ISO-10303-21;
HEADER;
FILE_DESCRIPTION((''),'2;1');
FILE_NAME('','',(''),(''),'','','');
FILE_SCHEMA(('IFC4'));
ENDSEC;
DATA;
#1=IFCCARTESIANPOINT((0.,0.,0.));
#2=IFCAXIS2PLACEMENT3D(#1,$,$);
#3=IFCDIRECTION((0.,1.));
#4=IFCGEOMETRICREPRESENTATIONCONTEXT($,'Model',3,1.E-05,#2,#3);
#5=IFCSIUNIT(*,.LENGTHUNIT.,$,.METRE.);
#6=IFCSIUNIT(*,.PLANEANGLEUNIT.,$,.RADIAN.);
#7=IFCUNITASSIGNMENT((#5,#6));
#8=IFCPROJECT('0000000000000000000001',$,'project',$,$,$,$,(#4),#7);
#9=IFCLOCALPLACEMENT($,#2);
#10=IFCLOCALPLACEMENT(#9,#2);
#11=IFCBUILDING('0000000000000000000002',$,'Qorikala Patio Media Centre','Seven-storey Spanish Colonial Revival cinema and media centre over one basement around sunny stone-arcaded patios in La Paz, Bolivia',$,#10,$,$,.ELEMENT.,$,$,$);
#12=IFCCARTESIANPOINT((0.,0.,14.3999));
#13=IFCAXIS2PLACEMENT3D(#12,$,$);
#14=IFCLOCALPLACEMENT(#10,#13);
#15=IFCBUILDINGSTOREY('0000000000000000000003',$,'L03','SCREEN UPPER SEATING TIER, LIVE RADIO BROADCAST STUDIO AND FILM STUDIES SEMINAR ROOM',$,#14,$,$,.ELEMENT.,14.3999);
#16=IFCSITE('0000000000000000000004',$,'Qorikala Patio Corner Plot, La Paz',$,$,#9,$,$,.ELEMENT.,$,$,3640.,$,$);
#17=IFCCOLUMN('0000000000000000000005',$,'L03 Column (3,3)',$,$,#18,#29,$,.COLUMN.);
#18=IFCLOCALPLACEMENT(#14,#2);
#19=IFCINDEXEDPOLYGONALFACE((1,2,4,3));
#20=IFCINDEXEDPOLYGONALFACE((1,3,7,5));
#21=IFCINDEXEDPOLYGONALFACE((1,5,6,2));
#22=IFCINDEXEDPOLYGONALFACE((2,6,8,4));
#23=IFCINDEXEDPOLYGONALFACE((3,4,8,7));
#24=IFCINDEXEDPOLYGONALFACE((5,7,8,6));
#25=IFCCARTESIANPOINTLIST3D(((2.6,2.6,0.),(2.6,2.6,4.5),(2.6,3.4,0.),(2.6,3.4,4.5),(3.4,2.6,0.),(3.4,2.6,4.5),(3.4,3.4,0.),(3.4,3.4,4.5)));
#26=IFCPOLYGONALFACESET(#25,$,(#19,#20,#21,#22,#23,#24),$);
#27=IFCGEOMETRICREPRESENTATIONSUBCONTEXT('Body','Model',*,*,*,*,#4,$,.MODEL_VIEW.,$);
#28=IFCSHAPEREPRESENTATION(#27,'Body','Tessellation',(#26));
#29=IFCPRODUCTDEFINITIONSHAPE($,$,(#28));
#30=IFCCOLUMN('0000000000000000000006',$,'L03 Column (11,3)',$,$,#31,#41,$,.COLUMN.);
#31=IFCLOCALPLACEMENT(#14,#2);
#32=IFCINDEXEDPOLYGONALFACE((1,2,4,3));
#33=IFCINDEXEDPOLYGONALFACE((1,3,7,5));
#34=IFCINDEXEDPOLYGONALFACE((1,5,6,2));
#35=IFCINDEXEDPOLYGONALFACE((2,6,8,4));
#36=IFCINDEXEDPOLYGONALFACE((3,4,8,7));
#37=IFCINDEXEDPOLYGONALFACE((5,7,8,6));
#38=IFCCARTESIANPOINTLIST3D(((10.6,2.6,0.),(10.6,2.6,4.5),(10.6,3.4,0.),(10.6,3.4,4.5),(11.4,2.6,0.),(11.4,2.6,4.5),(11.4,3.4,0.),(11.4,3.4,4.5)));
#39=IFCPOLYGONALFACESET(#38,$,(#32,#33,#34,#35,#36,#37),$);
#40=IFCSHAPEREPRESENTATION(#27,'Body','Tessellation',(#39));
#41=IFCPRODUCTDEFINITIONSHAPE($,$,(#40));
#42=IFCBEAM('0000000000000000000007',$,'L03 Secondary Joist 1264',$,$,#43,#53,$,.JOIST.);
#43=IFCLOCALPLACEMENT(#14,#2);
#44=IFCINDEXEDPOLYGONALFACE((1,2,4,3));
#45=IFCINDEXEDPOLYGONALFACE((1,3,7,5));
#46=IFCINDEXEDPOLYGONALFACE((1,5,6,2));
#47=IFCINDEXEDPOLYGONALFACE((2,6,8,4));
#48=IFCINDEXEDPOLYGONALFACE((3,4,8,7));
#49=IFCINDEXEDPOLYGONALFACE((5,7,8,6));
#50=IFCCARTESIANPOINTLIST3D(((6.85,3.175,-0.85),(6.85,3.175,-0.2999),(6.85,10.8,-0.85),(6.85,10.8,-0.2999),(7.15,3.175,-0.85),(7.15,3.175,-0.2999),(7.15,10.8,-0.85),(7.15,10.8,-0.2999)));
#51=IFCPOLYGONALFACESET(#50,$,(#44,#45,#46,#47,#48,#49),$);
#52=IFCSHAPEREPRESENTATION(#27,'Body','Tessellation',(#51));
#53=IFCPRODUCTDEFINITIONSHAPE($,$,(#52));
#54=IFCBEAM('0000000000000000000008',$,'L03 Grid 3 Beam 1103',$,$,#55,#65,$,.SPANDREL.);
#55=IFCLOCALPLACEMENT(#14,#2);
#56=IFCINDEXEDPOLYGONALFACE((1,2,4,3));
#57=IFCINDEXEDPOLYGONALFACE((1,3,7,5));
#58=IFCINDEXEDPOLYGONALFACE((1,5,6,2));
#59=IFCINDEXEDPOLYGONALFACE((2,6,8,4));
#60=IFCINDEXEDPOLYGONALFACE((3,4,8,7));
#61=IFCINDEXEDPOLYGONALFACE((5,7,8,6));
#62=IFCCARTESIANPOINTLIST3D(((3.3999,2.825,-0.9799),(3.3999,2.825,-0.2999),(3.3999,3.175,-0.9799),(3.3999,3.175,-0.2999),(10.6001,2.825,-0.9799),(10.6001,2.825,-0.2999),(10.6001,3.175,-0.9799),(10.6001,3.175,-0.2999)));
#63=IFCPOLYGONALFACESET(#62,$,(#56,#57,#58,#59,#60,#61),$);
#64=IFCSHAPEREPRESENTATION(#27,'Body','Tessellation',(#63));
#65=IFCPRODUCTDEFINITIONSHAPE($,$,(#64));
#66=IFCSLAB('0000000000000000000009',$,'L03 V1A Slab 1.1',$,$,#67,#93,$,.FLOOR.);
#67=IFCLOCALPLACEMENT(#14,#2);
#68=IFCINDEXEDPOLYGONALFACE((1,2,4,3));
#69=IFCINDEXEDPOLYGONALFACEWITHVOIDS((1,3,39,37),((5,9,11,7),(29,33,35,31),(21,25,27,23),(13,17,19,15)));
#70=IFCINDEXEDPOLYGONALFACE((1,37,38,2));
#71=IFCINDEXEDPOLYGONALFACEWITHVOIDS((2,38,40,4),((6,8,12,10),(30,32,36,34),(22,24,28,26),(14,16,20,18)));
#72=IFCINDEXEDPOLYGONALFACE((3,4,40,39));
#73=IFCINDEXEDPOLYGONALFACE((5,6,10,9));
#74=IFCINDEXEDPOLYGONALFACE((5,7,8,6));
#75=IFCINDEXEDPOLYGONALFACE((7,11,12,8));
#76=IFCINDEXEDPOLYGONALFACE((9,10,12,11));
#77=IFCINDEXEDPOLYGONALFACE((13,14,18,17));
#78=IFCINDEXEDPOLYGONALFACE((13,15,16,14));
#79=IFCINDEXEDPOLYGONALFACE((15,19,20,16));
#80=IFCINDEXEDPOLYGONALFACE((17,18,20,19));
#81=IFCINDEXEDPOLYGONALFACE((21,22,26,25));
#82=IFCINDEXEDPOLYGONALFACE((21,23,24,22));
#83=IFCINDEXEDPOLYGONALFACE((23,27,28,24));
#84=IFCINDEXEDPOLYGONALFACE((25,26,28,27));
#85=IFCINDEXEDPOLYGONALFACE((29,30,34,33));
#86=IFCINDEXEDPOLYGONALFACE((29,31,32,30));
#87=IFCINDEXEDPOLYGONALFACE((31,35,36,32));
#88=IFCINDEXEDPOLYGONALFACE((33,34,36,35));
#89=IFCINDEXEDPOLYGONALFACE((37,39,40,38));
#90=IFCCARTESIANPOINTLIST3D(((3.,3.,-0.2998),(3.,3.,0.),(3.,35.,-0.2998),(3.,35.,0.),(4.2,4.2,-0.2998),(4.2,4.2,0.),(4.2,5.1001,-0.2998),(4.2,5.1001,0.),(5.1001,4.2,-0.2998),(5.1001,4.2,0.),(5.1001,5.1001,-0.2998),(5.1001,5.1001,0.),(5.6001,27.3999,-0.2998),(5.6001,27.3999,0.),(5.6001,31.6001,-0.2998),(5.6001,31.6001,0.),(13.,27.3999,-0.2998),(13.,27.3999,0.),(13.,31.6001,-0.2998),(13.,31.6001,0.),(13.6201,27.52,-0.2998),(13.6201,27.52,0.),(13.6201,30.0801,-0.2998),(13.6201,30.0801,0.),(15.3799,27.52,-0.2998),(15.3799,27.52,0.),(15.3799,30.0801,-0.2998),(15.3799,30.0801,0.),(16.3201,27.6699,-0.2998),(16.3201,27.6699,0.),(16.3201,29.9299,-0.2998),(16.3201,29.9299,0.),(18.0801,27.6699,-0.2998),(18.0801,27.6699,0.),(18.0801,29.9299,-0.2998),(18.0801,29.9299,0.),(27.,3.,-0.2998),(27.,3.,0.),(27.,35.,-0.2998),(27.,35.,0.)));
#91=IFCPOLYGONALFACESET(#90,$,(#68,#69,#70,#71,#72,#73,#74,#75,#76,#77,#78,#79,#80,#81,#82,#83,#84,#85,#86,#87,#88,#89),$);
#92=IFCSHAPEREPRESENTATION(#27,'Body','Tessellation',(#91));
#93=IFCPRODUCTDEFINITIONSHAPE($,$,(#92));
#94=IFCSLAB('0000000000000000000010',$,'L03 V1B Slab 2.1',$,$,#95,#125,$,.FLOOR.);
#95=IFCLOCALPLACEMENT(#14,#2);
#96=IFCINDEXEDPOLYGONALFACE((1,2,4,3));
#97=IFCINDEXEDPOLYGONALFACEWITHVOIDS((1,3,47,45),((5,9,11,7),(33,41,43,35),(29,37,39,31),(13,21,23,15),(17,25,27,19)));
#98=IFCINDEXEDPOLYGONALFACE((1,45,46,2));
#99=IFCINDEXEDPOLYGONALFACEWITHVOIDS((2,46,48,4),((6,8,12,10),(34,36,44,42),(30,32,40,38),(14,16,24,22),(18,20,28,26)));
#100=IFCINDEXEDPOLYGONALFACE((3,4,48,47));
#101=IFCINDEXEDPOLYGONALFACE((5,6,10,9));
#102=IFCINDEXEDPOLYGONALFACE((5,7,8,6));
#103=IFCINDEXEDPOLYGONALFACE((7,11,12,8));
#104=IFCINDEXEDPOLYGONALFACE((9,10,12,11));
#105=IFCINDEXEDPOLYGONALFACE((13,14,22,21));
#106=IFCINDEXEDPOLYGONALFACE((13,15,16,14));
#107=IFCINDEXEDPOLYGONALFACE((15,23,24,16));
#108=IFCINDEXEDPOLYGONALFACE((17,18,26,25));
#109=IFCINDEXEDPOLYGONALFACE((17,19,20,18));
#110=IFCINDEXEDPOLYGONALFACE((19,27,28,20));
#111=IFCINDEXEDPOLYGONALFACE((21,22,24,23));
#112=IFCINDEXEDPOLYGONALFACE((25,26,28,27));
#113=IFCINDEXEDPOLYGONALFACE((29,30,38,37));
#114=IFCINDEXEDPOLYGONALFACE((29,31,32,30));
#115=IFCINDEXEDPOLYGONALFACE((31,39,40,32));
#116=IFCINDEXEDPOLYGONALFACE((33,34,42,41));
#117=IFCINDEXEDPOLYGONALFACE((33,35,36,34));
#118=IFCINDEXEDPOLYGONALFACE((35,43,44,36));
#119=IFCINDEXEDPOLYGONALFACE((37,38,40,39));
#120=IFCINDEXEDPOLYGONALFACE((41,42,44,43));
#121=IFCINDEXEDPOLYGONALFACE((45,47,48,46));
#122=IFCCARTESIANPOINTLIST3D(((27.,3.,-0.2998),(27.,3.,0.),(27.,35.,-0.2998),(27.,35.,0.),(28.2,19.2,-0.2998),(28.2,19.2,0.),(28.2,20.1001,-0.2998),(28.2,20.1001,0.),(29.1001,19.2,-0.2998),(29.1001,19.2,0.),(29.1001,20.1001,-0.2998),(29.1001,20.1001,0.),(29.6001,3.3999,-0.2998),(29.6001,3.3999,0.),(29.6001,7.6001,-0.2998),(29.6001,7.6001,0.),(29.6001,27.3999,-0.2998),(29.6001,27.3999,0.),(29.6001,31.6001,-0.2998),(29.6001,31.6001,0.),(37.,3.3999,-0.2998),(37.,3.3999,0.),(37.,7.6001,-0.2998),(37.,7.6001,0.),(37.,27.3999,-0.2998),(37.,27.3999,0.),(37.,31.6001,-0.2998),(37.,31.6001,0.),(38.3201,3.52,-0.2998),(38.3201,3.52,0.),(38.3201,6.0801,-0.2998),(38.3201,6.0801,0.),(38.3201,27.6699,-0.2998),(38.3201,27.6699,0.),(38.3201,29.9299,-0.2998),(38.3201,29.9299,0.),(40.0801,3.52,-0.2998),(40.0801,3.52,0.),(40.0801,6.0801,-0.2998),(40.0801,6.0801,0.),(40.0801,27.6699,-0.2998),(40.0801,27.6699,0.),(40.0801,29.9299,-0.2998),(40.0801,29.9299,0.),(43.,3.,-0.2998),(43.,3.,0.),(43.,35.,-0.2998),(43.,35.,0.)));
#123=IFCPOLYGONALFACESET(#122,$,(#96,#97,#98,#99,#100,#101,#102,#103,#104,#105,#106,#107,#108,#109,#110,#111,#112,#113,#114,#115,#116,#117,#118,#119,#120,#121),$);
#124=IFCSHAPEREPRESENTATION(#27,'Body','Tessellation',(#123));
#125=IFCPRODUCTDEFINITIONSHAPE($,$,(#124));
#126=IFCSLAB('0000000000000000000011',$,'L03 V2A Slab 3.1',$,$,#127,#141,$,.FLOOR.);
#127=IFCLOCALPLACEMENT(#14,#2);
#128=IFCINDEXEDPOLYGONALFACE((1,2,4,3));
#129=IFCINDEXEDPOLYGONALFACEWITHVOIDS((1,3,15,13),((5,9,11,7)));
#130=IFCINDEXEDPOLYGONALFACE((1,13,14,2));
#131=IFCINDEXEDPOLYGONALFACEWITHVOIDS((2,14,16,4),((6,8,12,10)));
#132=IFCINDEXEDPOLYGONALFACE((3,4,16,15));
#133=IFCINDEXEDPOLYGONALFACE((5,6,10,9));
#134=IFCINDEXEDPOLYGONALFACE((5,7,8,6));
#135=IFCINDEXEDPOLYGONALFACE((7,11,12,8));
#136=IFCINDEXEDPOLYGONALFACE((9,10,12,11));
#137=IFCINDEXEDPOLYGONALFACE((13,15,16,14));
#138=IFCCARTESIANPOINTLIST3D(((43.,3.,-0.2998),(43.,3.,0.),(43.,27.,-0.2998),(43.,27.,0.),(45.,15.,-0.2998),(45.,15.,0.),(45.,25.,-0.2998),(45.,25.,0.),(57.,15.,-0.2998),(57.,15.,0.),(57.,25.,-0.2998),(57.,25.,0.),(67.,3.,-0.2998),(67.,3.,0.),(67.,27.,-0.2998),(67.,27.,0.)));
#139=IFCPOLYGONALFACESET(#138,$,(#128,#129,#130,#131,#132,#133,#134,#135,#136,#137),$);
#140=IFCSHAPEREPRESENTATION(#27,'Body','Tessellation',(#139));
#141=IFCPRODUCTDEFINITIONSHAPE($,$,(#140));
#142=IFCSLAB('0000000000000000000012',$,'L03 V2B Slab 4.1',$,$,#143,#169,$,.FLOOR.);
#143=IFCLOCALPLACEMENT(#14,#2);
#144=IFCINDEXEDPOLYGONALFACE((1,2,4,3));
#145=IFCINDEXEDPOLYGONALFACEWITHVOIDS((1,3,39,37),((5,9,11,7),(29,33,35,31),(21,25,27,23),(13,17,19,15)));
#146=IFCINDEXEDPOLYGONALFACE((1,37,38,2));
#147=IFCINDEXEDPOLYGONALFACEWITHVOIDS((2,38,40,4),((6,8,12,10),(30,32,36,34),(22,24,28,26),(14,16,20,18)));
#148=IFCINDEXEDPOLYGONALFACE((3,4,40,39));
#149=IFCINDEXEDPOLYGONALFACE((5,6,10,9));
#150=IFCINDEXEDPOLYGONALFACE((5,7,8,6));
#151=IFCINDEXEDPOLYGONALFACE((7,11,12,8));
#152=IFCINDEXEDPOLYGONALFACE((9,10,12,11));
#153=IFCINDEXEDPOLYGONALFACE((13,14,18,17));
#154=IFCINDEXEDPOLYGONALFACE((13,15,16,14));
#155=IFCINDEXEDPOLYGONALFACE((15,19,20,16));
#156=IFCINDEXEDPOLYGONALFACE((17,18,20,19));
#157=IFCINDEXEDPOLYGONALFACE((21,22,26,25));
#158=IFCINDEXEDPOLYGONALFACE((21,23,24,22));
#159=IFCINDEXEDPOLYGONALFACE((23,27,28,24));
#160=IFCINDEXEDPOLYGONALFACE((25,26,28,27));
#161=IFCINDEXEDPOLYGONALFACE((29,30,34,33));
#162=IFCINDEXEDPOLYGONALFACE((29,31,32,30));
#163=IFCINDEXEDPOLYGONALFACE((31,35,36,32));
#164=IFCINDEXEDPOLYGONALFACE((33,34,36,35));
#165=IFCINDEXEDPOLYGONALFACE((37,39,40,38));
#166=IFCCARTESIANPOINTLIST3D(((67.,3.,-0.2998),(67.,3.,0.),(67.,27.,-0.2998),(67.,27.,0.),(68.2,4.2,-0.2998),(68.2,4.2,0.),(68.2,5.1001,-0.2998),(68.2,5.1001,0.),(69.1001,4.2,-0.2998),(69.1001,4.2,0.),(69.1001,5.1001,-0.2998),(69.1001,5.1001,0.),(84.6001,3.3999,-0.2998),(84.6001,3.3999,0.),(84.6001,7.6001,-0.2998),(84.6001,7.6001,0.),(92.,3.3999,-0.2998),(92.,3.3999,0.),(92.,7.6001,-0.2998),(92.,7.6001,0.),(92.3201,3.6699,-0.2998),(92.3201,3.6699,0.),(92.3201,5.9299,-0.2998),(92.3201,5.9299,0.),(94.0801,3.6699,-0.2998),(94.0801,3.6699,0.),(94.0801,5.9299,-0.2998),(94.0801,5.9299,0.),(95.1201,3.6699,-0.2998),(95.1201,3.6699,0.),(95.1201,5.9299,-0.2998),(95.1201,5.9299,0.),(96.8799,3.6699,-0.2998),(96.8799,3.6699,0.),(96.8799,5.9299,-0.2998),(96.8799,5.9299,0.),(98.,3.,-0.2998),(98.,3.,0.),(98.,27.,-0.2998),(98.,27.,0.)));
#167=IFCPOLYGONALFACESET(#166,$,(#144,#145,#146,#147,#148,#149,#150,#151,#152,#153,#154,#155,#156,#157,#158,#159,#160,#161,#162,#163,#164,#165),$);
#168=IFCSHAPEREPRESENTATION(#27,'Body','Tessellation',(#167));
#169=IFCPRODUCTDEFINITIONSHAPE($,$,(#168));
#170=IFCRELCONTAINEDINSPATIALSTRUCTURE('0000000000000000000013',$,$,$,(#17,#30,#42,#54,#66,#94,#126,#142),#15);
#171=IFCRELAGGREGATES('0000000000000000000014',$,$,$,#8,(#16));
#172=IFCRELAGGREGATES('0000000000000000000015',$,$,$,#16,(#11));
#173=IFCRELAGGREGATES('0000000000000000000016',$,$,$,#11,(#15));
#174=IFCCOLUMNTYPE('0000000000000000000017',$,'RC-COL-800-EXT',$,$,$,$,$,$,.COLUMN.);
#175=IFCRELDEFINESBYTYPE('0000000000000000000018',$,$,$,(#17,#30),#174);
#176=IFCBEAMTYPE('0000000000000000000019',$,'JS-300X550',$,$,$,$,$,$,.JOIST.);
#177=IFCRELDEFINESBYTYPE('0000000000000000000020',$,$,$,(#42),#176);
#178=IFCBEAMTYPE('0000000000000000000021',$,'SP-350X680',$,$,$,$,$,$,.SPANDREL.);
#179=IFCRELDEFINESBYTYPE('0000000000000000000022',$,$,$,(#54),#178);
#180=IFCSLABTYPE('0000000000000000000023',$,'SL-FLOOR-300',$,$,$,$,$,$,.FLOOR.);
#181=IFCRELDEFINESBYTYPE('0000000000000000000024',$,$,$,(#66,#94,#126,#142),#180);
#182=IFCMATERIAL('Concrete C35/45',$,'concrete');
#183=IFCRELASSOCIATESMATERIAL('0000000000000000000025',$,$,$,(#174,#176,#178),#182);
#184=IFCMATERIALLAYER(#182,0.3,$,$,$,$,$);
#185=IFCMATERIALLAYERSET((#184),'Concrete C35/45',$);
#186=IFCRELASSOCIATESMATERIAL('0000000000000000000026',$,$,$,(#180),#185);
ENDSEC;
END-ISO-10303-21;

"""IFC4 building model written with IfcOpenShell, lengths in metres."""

from ifc_helpers import new_model, si_unit, direction, frame, origin, origin_2d, place, context, subcontext, project, spatial, polyline, rectangle, outline, extrude, material, layer, layer_set, material_profile, profile_set, type_object, element, save


model = new_model("IFC4")

# Units and contexts
model_context = context("Model", 3, precision=1e-05, world=origin(), true_north=direction((0.0, 1.0)))
body_context = subcontext(model_context, "Body", "Model", "MODEL_VIEW")
ifc_project = project(units=[si_unit("LENGTHUNIT", "METRE"), si_unit("PLANEANGLEUNIT", "RADIAN")], contexts=[model_context])

# Site, building, storey
site_placement = place(None, origin())
site = spatial("IfcSite", under=ifc_project, at=site_placement, Name="Qorikala Patio Corner Plot, La Paz", CompositionType="ELEMENT", RefElevation=3640.0)
building_placement = place(site_placement, origin())
building = spatial("IfcBuilding", under=site, at=building_placement, Name="Qorikala Patio Media Centre", Description="Seven-storey Spanish Colonial Revival cinema and media centre over one basement around sunny stone-arcaded patios in La Paz, Bolivia", CompositionType="ELEMENT")
storey_placement = place(building_placement, frame((0.0, 0.0, 14.3999)))
storey = spatial("IfcBuildingStorey", under=building, at=storey_placement, Name="L03", Description="SCREEN UPPER SEATING TIER, LIVE RADIO BROADCAST STUDIO AND FILM STUDIES SEMINAR ROOM", CompositionType="ELEMENT", Elevation=14.3999)

# Columns
ifc_material_1 = material(Name="Concrete C35/45", Category="concrete")
ifc_material_profile_1 = material_profile(ifc_material_1, rectangle(XDim=0.8, YDim=0.8, at=origin_2d()), Name="RC 800x800")
ifc_profile_set_1 = profile_set([ifc_material_profile_1], Name="Concrete C35/45")
column_type = type_object("IfcColumnType", Name="RC-COL-800-EXT", PredefinedType="COLUMN", material=ifc_profile_set_1)
for number, where, z_axis, x_axis, name in (
    (1, (3.0, 3.0, 0.0), (0.0, 0.0, 1.0), (1.0, 0.0, 0.0), "L03 Column (3,3)"),
    (2, (11.0, 3.0, 0.0), (0.0, 0.0, 1.0), (1.0, 0.0, 0.0), "L03 Column (11,3)"),
):
    element("IfcColumn", number, at=place(storey_placement, frame(where, z_axis=z_axis, x_axis=x_axis)), inside=storey, type_object=column_type, Name=name, PredefinedType="COLUMN", context=body_context, shape_type="SweptSolid", body=[
        extrude(rectangle(XDim=0.8, YDim=0.8, at=origin_2d()), origin(), (0.0, 0.0, 1.0), 4.5),
    ])

# Beams
ifc_material_profile_2 = material_profile(ifc_material_1, rectangle(XDim=0.3, YDim=0.55, at=origin_2d()), Name="RC 300x550")
ifc_profile_set_2 = profile_set([ifc_material_profile_2], Name="Concrete C35/45")
beam_type_1 = type_object("IfcBeamType", Name="JS-300X550", PredefinedType="JOIST", material=ifc_profile_set_2)
beam_1_placement = place(storey_placement, frame((7.0, 3.175, -0.575), z_axis=(0.0, 1.0, 0.0), x_axis=(-1.0, 0.0, 0.0)))
element("IfcBeam", 3, at=beam_1_placement, inside=storey, type_object=beam_type_1, Name="L03 Secondary Joist 1264", PredefinedType="JOIST", context=body_context, shape_type="SweptSolid", body=[
    extrude(rectangle(XDim=0.3, YDim=0.55, at=origin_2d()), origin(), (0.0, 0.0, 1.0), 7.625),
])
ifc_material_profile_3 = material_profile(ifc_material_1, rectangle(XDim=0.3501, YDim=0.6799, at=origin_2d()), Name="RC 350x680")
ifc_profile_set_3 = profile_set([ifc_material_profile_3], Name="Concrete C35/45")
beam_type_2 = type_object("IfcBeamType", Name="SP-350X680", PredefinedType="SPANDREL", material=ifc_profile_set_3)
beam_2_placement = place(storey_placement, frame((3.3999, 3.0, -0.6399), z_axis=(1.0, 0.0, 0.0), x_axis=(0.0, 1.0, 0.0)))
element("IfcBeam", 4, at=beam_2_placement, inside=storey, type_object=beam_type_2, Name="L03 Grid 3 Beam 1103", PredefinedType="SPANDREL", context=body_context, shape_type="SweptSolid", body=[
    extrude(rectangle(XDim=0.3501, YDim=0.6799, at=origin_2d()), origin(), (0.0, 0.0, 1.0), 7.2002),
])

# Slabs
ifc_layer_1 = layer(ifc_material_1, 0.3)
ifc_layer_set_1 = layer_set([ifc_layer_1], Name="Concrete C35/45")
slab_type_1 = type_object("IfcSlabType", Name="SL-FLOOR-300", PredefinedType="FLOOR", material=ifc_layer_set_1)
slab_1_placement = place(storey_placement, frame((0.0, 0.0, -0.2998)))
element("IfcSlab", 5, at=slab_1_placement, inside=storey, type_object=slab_type_1, Name="L03 V1A Slab 1.1", PredefinedType="FLOOR", context=body_context, shape_type="SweptSolid", body=[
    extrude(outline(polyline([(3.0, 35.0), (27.0, 35.0), (27.0, 3.0), (3.0, 3.0), (3.0, 35.0)]), holes=[polyline([(5.1001, 4.2), (5.1001, 5.1001), (4.2, 5.1001), (4.2, 4.2), (5.1001, 4.2)]), polyline([(15.3799, 27.52), (15.3799, 30.0801), (13.6201, 30.0801), (13.6201, 27.52), (15.3799, 27.52)]), polyline([(16.3201, 27.6699), (18.0801, 27.6699), (18.0801, 29.9299), (16.3201, 29.9299), (16.3201, 27.6699)]), polyline([(5.6001, 27.3999), (13.0, 27.3999), (13.0, 31.6001), (5.6001, 31.6001), (5.6001, 27.3999)])]), origin(), (0.0, 0.0, 1.0), 0.2998),
])
slab_2_placement = place(storey_placement, frame((0.0, 0.0, -0.2998)))
element("IfcSlab", 6, at=slab_2_placement, inside=storey, type_object=slab_type_1, Name="L03 V1B Slab 2.1", PredefinedType="FLOOR", context=body_context, shape_type="SweptSolid", body=[
    extrude(outline(polyline([(43.0, 3.0), (27.0, 3.0), (27.0, 35.0), (43.0, 35.0), (43.0, 3.0)]), holes=[polyline([(29.1001, 19.2), (29.1001, 20.1001), (28.2, 20.1001), (28.2, 19.2), (29.1001, 19.2)]), polyline([(37.0, 27.3999), (37.0, 31.6001), (29.6001, 31.6001), (29.6001, 27.3999), (37.0, 27.3999)]), polyline([(38.3201, 3.52), (40.0801, 3.52), (40.0801, 6.0801), (38.3201, 6.0801), (38.3201, 3.52)]), polyline([(29.6001, 3.3999), (37.0, 3.3999), (37.0, 7.6001), (29.6001, 7.6001), (29.6001, 3.3999)]), polyline([(38.3201, 27.6699), (40.0801, 27.6699), (40.0801, 29.9299), (38.3201, 29.9299), (38.3201, 27.6699)])]), origin(), (0.0, 0.0, 1.0), 0.2998),
])
slab_3_placement = place(storey_placement, frame((0.0, 0.0, -0.2998)))
element("IfcSlab", 7, at=slab_3_placement, inside=storey, type_object=slab_type_1, Name="L03 V2A Slab 3.1", PredefinedType="FLOOR", context=body_context, shape_type="SweptSolid", body=[
    extrude(outline(polyline([(67.0, 3.0), (43.0, 3.0), (43.0, 27.0), (67.0, 27.0), (67.0, 3.0)]), holes=[polyline([(57.0, 15.0), (57.0, 25.0), (45.0, 25.0), (45.0, 15.0), (57.0, 15.0)])]), origin(), (0.0, 0.0, 1.0), 0.2998),
])
slab_4_placement = place(storey_placement, frame((0.0, 0.0, -0.2998)))
element("IfcSlab", 8, at=slab_4_placement, inside=storey, type_object=slab_type_1, Name="L03 V2B Slab 4.1", PredefinedType="FLOOR", context=body_context, shape_type="SweptSolid", body=[
    extrude(outline(polyline([(98.0, 3.0), (67.0, 3.0), (67.0, 27.0), (98.0, 27.0), (98.0, 3.0)]), holes=[polyline([(68.2, 4.2), (69.1001, 4.2), (69.1001, 5.1001), (68.2, 5.1001), (68.2, 4.2)]), polyline([(94.0801, 3.6699), (94.0801, 5.9299), (92.3201, 5.9299), (92.3201, 3.6699), (94.0801, 3.6699)]), polyline([(95.1201, 3.6699), (96.8799, 3.6699), (96.8799, 5.9299), (95.1201, 5.9299), (95.1201, 3.6699)]), polyline([(92.0, 3.3999), (92.0, 7.6001), (84.6001, 7.6001), (84.6001, 3.3999), (92.0, 3.3999)])]), origin(), (0.0, 0.0, 1.0), 0.2998),
])

save(model, "model.ifc")
